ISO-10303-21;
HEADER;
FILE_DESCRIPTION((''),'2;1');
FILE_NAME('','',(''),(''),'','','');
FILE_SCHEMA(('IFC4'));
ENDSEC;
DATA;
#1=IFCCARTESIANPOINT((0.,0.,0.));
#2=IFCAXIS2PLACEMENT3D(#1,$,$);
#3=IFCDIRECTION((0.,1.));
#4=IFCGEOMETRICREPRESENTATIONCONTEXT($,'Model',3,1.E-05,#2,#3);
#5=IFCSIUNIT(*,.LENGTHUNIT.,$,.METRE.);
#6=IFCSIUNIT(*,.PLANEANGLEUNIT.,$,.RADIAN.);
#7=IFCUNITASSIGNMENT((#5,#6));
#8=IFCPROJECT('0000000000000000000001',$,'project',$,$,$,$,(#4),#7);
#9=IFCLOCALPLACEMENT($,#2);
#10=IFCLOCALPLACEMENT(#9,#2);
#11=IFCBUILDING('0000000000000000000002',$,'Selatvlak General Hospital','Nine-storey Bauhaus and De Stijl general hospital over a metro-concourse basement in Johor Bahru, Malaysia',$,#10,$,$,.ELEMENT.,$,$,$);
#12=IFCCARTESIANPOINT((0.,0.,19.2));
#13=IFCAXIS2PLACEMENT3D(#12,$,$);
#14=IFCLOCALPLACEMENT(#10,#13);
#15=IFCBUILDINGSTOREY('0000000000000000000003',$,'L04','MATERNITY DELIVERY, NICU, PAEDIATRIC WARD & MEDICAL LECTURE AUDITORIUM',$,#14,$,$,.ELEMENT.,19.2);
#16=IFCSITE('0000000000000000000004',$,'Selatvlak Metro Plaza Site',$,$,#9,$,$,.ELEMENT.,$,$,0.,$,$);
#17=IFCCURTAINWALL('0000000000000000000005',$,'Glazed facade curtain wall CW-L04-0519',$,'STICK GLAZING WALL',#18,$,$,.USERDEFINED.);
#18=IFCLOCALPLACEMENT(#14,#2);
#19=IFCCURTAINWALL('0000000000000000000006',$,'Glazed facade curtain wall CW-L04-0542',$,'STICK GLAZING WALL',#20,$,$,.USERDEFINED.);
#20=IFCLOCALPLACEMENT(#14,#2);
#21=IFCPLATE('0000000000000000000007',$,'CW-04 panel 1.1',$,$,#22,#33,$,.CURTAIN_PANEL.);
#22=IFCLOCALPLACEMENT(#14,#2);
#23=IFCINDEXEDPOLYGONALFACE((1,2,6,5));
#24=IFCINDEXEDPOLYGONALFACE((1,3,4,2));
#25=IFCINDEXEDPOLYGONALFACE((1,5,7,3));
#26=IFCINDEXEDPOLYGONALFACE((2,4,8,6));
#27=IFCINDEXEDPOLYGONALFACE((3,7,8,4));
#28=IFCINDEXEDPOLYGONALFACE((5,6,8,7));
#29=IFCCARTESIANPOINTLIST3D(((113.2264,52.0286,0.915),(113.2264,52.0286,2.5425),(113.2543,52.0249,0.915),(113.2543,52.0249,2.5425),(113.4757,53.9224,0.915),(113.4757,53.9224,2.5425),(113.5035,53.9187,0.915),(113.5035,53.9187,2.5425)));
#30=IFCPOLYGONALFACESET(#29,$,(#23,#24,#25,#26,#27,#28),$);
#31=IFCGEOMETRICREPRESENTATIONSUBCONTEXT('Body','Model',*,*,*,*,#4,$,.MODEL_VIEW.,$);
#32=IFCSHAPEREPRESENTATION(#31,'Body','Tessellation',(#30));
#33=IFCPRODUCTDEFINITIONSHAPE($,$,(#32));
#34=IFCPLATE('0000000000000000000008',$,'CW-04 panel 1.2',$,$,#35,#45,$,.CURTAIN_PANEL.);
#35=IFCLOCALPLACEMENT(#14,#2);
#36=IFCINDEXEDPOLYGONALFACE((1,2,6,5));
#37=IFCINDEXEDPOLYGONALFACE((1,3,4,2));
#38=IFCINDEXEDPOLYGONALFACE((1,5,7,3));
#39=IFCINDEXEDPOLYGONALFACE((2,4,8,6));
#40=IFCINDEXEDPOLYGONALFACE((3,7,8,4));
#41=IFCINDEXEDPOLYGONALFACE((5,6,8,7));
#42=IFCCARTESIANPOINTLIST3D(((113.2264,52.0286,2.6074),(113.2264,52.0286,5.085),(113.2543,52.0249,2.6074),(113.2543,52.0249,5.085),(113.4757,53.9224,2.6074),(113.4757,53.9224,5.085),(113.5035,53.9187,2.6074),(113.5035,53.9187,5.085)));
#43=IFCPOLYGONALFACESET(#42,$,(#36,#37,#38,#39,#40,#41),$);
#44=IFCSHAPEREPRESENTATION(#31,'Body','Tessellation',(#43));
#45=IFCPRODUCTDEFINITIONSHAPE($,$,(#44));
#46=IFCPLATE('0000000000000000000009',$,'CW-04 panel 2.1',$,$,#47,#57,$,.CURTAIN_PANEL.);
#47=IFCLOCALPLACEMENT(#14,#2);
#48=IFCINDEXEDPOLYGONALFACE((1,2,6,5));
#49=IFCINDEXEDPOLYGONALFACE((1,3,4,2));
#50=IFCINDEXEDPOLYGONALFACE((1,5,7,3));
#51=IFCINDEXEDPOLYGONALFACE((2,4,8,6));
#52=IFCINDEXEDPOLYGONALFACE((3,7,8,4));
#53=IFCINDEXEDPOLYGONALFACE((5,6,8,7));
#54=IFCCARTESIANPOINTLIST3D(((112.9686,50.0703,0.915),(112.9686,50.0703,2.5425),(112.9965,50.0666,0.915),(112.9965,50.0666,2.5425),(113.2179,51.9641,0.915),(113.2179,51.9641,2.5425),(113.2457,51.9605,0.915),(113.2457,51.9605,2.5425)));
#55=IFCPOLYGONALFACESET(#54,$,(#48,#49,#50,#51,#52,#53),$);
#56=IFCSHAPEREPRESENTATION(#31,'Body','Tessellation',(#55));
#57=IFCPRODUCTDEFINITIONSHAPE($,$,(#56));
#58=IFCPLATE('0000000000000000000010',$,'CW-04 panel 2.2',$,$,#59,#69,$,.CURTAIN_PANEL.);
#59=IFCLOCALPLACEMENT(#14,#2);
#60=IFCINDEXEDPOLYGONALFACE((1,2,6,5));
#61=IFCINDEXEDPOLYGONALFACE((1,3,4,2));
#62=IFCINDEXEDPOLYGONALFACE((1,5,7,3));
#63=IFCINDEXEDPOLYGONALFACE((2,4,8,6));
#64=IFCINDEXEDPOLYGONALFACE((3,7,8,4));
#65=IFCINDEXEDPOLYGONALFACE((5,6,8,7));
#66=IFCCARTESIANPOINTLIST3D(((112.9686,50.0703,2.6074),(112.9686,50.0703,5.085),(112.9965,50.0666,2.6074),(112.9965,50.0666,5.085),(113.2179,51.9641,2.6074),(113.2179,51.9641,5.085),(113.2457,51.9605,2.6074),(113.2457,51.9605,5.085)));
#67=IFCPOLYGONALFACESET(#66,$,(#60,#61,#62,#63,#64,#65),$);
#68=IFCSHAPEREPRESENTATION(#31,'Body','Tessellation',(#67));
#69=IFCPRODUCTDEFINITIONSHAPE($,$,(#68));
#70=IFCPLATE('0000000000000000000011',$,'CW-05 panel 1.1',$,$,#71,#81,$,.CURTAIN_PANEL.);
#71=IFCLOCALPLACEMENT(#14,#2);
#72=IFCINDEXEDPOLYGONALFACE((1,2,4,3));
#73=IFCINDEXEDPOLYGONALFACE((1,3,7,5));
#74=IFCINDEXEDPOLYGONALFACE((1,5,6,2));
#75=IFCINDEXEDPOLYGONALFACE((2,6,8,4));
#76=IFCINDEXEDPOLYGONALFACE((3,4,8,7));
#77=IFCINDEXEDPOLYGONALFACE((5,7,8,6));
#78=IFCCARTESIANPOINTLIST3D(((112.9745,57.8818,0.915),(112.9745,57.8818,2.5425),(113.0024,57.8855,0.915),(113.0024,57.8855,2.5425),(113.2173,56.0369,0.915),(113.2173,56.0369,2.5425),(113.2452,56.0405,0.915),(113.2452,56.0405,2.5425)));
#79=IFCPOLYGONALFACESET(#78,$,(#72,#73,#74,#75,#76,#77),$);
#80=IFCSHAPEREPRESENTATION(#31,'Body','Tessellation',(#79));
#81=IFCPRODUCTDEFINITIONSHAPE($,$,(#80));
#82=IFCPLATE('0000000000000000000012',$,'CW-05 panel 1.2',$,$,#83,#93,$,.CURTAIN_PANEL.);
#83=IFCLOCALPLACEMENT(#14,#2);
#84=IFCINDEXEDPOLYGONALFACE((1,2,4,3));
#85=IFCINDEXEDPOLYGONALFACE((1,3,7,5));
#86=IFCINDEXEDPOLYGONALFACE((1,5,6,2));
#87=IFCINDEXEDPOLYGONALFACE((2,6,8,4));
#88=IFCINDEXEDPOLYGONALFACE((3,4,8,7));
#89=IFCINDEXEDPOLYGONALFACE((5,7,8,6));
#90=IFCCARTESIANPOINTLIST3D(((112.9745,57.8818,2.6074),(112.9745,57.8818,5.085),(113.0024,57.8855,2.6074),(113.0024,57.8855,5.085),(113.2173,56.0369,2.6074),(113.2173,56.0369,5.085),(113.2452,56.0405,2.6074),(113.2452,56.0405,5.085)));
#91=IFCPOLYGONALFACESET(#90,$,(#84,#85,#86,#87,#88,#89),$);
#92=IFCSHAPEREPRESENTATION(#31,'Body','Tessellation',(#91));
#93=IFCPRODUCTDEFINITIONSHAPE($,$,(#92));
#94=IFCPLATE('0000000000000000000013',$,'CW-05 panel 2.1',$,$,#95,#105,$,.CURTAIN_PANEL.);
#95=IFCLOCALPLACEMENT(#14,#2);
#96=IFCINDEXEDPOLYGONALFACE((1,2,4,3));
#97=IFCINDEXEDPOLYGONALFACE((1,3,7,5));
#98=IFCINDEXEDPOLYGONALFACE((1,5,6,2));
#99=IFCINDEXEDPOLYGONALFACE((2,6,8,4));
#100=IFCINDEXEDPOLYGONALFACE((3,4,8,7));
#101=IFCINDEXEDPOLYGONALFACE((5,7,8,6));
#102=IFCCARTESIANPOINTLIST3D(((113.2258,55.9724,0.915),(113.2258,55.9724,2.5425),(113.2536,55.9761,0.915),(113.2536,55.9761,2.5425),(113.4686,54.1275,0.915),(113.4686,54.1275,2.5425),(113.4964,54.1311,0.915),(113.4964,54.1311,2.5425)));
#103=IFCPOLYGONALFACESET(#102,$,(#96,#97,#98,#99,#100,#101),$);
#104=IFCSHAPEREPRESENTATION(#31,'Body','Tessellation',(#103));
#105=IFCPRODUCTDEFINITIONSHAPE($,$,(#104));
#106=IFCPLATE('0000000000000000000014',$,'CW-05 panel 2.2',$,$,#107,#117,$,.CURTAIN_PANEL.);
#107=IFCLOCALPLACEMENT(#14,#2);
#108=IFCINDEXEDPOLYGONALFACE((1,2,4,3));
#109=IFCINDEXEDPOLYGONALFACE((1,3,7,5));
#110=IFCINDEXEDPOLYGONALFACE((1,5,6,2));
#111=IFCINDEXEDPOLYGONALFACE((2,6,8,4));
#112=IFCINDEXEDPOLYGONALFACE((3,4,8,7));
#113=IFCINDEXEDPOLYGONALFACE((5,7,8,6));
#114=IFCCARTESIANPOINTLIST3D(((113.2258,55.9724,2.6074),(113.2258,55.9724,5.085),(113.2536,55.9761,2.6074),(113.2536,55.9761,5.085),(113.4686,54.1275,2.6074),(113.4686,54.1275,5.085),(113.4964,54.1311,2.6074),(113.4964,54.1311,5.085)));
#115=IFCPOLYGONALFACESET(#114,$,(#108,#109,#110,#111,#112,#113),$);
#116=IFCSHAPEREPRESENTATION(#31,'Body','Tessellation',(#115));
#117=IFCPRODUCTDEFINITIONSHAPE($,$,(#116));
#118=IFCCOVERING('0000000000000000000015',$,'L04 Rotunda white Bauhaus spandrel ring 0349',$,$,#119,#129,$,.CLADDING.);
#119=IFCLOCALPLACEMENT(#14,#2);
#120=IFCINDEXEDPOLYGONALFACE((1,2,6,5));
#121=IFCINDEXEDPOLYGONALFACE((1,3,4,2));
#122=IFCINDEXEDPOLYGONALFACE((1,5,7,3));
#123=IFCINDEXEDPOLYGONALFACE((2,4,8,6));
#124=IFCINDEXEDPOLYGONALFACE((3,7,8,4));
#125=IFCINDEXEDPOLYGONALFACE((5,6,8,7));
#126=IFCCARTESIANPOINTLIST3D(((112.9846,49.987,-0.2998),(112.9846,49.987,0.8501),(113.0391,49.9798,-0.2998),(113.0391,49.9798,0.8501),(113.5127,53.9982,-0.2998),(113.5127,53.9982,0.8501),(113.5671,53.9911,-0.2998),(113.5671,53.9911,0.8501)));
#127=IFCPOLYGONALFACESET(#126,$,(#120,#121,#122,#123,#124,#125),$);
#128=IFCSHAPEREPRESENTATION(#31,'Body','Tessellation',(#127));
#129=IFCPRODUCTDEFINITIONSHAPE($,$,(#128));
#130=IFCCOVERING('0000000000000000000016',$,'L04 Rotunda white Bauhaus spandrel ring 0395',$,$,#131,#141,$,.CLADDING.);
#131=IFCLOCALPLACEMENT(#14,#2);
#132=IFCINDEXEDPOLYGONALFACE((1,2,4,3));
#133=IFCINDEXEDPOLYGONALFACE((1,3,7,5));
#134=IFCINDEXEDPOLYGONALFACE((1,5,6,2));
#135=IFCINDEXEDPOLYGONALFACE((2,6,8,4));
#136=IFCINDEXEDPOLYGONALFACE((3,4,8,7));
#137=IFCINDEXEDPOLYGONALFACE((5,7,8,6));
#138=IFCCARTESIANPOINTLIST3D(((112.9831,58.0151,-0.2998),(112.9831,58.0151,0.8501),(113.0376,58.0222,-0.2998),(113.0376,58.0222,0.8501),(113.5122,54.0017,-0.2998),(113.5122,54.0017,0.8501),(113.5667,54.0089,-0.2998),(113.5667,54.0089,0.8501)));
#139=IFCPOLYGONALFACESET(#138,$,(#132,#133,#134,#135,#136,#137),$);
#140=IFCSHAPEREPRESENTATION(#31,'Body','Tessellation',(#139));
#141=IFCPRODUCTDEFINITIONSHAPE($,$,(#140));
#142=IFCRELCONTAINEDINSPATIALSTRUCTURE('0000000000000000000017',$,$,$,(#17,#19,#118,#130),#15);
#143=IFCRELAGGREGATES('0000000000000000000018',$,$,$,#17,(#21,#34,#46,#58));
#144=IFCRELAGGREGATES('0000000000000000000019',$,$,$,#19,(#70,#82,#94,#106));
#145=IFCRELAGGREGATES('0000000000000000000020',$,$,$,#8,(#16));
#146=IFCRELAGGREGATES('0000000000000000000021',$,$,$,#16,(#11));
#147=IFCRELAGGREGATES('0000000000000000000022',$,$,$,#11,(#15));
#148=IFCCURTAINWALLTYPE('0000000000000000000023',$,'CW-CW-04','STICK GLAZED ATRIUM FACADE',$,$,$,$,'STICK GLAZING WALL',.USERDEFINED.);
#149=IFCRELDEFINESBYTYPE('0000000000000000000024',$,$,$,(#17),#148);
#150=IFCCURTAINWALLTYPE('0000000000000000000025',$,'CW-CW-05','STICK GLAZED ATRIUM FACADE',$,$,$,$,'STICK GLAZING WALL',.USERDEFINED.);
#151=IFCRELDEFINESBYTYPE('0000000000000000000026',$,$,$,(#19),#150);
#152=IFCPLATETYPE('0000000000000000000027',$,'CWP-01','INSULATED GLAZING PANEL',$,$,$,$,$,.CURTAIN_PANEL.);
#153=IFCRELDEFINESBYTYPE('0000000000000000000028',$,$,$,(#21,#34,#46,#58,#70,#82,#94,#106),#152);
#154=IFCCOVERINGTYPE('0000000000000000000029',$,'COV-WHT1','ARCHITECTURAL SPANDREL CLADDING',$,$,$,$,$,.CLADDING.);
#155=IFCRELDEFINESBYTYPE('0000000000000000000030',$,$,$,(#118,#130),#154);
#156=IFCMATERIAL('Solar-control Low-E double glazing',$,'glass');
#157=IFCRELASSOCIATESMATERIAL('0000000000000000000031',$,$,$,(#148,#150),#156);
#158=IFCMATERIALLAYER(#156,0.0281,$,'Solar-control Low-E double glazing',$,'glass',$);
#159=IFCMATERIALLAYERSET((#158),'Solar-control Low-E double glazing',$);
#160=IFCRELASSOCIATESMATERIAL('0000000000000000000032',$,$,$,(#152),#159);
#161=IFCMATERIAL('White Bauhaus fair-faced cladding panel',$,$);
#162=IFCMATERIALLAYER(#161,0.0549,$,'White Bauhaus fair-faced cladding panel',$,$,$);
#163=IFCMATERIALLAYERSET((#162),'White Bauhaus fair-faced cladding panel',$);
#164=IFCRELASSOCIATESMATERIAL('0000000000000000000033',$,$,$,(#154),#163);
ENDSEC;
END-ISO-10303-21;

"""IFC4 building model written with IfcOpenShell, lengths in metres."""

from ifc_helpers import new_model, si_unit, direction, frame, origin, origin_2d, place, context, subcontext, project, spatial, rectangle, extrude, material, layer, layer_set, type_object, element, aggregate, save


model = new_model("IFC4")

# Units and contexts
model_context = context("Model", 3, precision=1e-05, world=origin(), true_north=direction((0.0, 1.0)))
body_context = subcontext(model_context, "Body", "Model", "MODEL_VIEW")
ifc_project = project(units=[si_unit("LENGTHUNIT", "METRE"), si_unit("PLANEANGLEUNIT", "RADIAN")], contexts=[model_context])

# Site, building, storey
site_placement = place(None, origin())
site = spatial("IfcSite", under=ifc_project, at=site_placement, Name="Selatvlak Metro Plaza Site", CompositionType="ELEMENT", RefElevation=0.0)
building_placement = place(site_placement, origin())
building = spatial("IfcBuilding", under=site, at=building_placement, Name="Selatvlak General Hospital", Description="Nine-storey Bauhaus and De Stijl general hospital over a metro-concourse basement in Johor Bahru, Malaysia", CompositionType="ELEMENT")
storey_placement = place(building_placement, frame((0.0, 0.0, 19.2)))
storey = spatial("IfcBuildingStorey", under=building, at=storey_placement, Name="L04", Description="MATERNITY DELIVERY, NICU, PAEDIATRIC WARD & MEDICAL LECTURE AUDITORIUM", CompositionType="ELEMENT", Elevation=19.2)

# Curtain walls
ifc_material_1 = material(Name="Solar-control Low-E double glazing", Category="glass")
curtain_wall_type_1 = type_object("IfcCurtainWallType", Name="CW-CW-04", Description="STICK GLAZED ATRIUM FACADE", ElementType="STICK GLAZING WALL", PredefinedType="USERDEFINED", material=ifc_material_1)
curtain_wall_1_placement = place(storey_placement, origin())
curtain_wall_1 = element("IfcCurtainWall", 1, at=curtain_wall_1_placement, inside=storey, type_object=curtain_wall_type_1, Name="Glazed facade curtain wall CW-L04-0519", ObjectType="STICK GLAZING WALL", PredefinedType="USERDEFINED")
curtain_wall_type_2 = type_object("IfcCurtainWallType", Name="CW-CW-05", Description="STICK GLAZED ATRIUM FACADE", ElementType="STICK GLAZING WALL", PredefinedType="USERDEFINED", material=ifc_material_1)
curtain_wall_2_placement = place(storey_placement, origin())
curtain_wall_2 = element("IfcCurtainWall", 2, at=curtain_wall_2_placement, inside=storey, type_object=curtain_wall_type_2, Name="Glazed facade curtain wall CW-L04-0542", ObjectType="STICK GLAZING WALL", PredefinedType="USERDEFINED")

# Plates
ifc_layer_1 = layer(ifc_material_1, 0.0281, Name="Solar-control Low-E double glazing", Category="glass")
ifc_layer_set_1 = layer_set([ifc_layer_1], Name="Solar-control Low-E double glazing")
plate_type = type_object("IfcPlateType", Name="CWP-01", Description="INSULATED GLAZING PANEL", PredefinedType="CURTAIN_PANEL", material=ifc_layer_set_1)
plate_1_placement = place(storey_placement, frame((113.365, 52.9736, 0.915), z_axis=(0.0, 0.0, 1.0), x_axis=(-0.1305, -0.991448, 0.0)))
plate_1 = element("IfcPlate", 3, at=plate_1_placement, type_object=plate_type, Name="CW-04 panel 1.1", PredefinedType="CURTAIN_PANEL", context=body_context, shape_type="SweptSolid", body=[
    extrude(rectangle(XDim=1.9102, YDim=0.0281, at=origin_2d()), origin(), (0.0, 0.0, 1.0), 1.6274),
])
plate_2_placement = place(storey_placement, frame((113.365, 52.9736, 2.6074), z_axis=(0.0, 0.0, 1.0), x_axis=(-0.1305, -0.991448, 0.0)))
plate_2 = element("IfcPlate", 4, at=plate_2_placement, type_object=plate_type, Name="CW-04 panel 1.2", PredefinedType="CURTAIN_PANEL", context=body_context, shape_type="SweptSolid", body=[
    extrude(rectangle(XDim=1.9102, YDim=0.0281, at=origin_2d()), origin(), (0.0, 0.0, 1.0), 2.4775),
])
plate_3_placement = place(storey_placement, frame((113.1072, 51.0154, 0.915), z_axis=(0.0, 0.0, 1.0), x_axis=(-0.1305, -0.991448, 0.0)))
plate_3 = element("IfcPlate", 5, at=plate_3_placement, type_object=plate_type, Name="CW-04 panel 2.1", PredefinedType="CURTAIN_PANEL", context=body_context, shape_type="SweptSolid", body=[
    extrude(rectangle(XDim=1.9102, YDim=0.0281, at=origin_2d()), origin(), (0.0, 0.0, 1.0), 1.6274),
])
plate_4_placement = place(storey_placement, frame((113.1072, 51.0154, 2.6074), z_axis=(0.0, 0.0, 1.0), x_axis=(-0.1305, -0.991448, 0.0)))
plate_4 = element("IfcPlate", 6, at=plate_4_placement, type_object=plate_type, Name="CW-04 panel 2.2", PredefinedType="CURTAIN_PANEL", context=body_context, shape_type="SweptSolid", body=[
    extrude(rectangle(XDim=1.9102, YDim=0.0281, at=origin_2d()), origin(), (0.0, 0.0, 1.0), 2.4775),
])
aggregate(curtain_wall_1, [plate_1, plate_2, plate_3, plate_4])
plate_5_placement = place(storey_placement, frame((113.1099, 56.9612, 0.915), z_axis=(0.0, 0.0, 1.0), x_axis=(0.130474, -0.991452, 0.0)))
plate_5 = element("IfcPlate", 7, at=plate_5_placement, type_object=plate_type, Name="CW-05 panel 1.1", PredefinedType="CURTAIN_PANEL", context=body_context, shape_type="SweptSolid", body=[
    extrude(rectangle(XDim=1.8608, YDim=0.0281, at=origin_2d()), origin(), (0.0, 0.0, 1.0), 1.6274),
])
plate_6_placement = place(storey_placement, frame((113.1099, 56.9612, 2.6074), z_axis=(0.0, 0.0, 1.0), x_axis=(0.130474, -0.991452, 0.0)))
plate_6 = element("IfcPlate", 8, at=plate_6_placement, type_object=plate_type, Name="CW-05 panel 1.2", PredefinedType="CURTAIN_PANEL", context=body_context, shape_type="SweptSolid", body=[
    extrude(rectangle(XDim=1.8608, YDim=0.0281, at=origin_2d()), origin(), (0.0, 0.0, 1.0), 2.4775),
])
plate_7_placement = place(storey_placement, frame((113.3611, 55.0518, 0.915), z_axis=(0.0, 0.0, 1.0), x_axis=(0.130474, -0.991452, 0.0)))
plate_7 = element("IfcPlate", 9, at=plate_7_placement, type_object=plate_type, Name="CW-05 panel 2.1", PredefinedType="CURTAIN_PANEL", context=body_context, shape_type="SweptSolid", body=[
    extrude(rectangle(XDim=1.8608, YDim=0.0281, at=origin_2d()), origin(), (0.0, 0.0, 1.0), 1.6274),
])
plate_8_placement = place(storey_placement, frame((113.3611, 55.0518, 2.6074), z_axis=(0.0, 0.0, 1.0), x_axis=(0.130474, -0.991452, 0.0)))
plate_8 = element("IfcPlate", 10, at=plate_8_placement, type_object=plate_type, Name="CW-05 panel 2.2", PredefinedType="CURTAIN_PANEL", context=body_context, shape_type="SweptSolid", body=[
    extrude(rectangle(XDim=1.8608, YDim=0.0281, at=origin_2d()), origin(), (0.0, 0.0, 1.0), 2.4775),
])
aggregate(curtain_wall_2, [plate_5, plate_6, plate_7, plate_8])

# Coverings
ifc_material_2 = material(Name="White Bauhaus fair-faced cladding panel")
ifc_layer_2 = layer(ifc_material_2, 0.0549, Name="White Bauhaus fair-faced cladding panel")
ifc_layer_set_2 = layer_set([ifc_layer_2], Name="White Bauhaus fair-faced cladding panel")
covering_type = type_object("IfcCoveringType", Name="COV-WHT1", Description="ARCHITECTURAL SPANDREL CLADDING", PredefinedType="CLADDING", material=ifc_layer_set_2)
covering_1_placement = place(storey_placement, frame((113.2759, 51.989, -0.2998), z_axis=(0.0, 0.0, 1.0), x_axis=(-0.130509, -0.991447, 0.0)))
element("IfcCovering", 11, at=covering_1_placement, inside=storey, type_object=covering_type, Name="L04 Rotunda white Bauhaus spandrel ring 0349", PredefinedType="CLADDING", context=body_context, shape_type="SweptSolid", body=[
    extrude(rectangle(XDim=4.0459, YDim=0.0549, at=origin_2d()), origin(), (0.0, 0.0, 1.0), 1.1499),
])
covering_2_placement = place(storey_placement, frame((113.2749, 56.012, -0.2998), z_axis=(0.0, 0.0, 1.0), x_axis=(0.130699, -0.991422, 0.0)))
element("IfcCovering", 12, at=covering_2_placement, inside=storey, type_object=covering_type, Name="L04 Rotunda white Bauhaus spandrel ring 0395", PredefinedType="CLADDING", context=body_context, shape_type="SweptSolid", body=[
    extrude(rectangle(XDim=4.0481, YDim=0.0549, at=origin_2d()), origin(), (0.0, 0.0, 1.0), 1.1499),
])

save(model, "model.ifc")
